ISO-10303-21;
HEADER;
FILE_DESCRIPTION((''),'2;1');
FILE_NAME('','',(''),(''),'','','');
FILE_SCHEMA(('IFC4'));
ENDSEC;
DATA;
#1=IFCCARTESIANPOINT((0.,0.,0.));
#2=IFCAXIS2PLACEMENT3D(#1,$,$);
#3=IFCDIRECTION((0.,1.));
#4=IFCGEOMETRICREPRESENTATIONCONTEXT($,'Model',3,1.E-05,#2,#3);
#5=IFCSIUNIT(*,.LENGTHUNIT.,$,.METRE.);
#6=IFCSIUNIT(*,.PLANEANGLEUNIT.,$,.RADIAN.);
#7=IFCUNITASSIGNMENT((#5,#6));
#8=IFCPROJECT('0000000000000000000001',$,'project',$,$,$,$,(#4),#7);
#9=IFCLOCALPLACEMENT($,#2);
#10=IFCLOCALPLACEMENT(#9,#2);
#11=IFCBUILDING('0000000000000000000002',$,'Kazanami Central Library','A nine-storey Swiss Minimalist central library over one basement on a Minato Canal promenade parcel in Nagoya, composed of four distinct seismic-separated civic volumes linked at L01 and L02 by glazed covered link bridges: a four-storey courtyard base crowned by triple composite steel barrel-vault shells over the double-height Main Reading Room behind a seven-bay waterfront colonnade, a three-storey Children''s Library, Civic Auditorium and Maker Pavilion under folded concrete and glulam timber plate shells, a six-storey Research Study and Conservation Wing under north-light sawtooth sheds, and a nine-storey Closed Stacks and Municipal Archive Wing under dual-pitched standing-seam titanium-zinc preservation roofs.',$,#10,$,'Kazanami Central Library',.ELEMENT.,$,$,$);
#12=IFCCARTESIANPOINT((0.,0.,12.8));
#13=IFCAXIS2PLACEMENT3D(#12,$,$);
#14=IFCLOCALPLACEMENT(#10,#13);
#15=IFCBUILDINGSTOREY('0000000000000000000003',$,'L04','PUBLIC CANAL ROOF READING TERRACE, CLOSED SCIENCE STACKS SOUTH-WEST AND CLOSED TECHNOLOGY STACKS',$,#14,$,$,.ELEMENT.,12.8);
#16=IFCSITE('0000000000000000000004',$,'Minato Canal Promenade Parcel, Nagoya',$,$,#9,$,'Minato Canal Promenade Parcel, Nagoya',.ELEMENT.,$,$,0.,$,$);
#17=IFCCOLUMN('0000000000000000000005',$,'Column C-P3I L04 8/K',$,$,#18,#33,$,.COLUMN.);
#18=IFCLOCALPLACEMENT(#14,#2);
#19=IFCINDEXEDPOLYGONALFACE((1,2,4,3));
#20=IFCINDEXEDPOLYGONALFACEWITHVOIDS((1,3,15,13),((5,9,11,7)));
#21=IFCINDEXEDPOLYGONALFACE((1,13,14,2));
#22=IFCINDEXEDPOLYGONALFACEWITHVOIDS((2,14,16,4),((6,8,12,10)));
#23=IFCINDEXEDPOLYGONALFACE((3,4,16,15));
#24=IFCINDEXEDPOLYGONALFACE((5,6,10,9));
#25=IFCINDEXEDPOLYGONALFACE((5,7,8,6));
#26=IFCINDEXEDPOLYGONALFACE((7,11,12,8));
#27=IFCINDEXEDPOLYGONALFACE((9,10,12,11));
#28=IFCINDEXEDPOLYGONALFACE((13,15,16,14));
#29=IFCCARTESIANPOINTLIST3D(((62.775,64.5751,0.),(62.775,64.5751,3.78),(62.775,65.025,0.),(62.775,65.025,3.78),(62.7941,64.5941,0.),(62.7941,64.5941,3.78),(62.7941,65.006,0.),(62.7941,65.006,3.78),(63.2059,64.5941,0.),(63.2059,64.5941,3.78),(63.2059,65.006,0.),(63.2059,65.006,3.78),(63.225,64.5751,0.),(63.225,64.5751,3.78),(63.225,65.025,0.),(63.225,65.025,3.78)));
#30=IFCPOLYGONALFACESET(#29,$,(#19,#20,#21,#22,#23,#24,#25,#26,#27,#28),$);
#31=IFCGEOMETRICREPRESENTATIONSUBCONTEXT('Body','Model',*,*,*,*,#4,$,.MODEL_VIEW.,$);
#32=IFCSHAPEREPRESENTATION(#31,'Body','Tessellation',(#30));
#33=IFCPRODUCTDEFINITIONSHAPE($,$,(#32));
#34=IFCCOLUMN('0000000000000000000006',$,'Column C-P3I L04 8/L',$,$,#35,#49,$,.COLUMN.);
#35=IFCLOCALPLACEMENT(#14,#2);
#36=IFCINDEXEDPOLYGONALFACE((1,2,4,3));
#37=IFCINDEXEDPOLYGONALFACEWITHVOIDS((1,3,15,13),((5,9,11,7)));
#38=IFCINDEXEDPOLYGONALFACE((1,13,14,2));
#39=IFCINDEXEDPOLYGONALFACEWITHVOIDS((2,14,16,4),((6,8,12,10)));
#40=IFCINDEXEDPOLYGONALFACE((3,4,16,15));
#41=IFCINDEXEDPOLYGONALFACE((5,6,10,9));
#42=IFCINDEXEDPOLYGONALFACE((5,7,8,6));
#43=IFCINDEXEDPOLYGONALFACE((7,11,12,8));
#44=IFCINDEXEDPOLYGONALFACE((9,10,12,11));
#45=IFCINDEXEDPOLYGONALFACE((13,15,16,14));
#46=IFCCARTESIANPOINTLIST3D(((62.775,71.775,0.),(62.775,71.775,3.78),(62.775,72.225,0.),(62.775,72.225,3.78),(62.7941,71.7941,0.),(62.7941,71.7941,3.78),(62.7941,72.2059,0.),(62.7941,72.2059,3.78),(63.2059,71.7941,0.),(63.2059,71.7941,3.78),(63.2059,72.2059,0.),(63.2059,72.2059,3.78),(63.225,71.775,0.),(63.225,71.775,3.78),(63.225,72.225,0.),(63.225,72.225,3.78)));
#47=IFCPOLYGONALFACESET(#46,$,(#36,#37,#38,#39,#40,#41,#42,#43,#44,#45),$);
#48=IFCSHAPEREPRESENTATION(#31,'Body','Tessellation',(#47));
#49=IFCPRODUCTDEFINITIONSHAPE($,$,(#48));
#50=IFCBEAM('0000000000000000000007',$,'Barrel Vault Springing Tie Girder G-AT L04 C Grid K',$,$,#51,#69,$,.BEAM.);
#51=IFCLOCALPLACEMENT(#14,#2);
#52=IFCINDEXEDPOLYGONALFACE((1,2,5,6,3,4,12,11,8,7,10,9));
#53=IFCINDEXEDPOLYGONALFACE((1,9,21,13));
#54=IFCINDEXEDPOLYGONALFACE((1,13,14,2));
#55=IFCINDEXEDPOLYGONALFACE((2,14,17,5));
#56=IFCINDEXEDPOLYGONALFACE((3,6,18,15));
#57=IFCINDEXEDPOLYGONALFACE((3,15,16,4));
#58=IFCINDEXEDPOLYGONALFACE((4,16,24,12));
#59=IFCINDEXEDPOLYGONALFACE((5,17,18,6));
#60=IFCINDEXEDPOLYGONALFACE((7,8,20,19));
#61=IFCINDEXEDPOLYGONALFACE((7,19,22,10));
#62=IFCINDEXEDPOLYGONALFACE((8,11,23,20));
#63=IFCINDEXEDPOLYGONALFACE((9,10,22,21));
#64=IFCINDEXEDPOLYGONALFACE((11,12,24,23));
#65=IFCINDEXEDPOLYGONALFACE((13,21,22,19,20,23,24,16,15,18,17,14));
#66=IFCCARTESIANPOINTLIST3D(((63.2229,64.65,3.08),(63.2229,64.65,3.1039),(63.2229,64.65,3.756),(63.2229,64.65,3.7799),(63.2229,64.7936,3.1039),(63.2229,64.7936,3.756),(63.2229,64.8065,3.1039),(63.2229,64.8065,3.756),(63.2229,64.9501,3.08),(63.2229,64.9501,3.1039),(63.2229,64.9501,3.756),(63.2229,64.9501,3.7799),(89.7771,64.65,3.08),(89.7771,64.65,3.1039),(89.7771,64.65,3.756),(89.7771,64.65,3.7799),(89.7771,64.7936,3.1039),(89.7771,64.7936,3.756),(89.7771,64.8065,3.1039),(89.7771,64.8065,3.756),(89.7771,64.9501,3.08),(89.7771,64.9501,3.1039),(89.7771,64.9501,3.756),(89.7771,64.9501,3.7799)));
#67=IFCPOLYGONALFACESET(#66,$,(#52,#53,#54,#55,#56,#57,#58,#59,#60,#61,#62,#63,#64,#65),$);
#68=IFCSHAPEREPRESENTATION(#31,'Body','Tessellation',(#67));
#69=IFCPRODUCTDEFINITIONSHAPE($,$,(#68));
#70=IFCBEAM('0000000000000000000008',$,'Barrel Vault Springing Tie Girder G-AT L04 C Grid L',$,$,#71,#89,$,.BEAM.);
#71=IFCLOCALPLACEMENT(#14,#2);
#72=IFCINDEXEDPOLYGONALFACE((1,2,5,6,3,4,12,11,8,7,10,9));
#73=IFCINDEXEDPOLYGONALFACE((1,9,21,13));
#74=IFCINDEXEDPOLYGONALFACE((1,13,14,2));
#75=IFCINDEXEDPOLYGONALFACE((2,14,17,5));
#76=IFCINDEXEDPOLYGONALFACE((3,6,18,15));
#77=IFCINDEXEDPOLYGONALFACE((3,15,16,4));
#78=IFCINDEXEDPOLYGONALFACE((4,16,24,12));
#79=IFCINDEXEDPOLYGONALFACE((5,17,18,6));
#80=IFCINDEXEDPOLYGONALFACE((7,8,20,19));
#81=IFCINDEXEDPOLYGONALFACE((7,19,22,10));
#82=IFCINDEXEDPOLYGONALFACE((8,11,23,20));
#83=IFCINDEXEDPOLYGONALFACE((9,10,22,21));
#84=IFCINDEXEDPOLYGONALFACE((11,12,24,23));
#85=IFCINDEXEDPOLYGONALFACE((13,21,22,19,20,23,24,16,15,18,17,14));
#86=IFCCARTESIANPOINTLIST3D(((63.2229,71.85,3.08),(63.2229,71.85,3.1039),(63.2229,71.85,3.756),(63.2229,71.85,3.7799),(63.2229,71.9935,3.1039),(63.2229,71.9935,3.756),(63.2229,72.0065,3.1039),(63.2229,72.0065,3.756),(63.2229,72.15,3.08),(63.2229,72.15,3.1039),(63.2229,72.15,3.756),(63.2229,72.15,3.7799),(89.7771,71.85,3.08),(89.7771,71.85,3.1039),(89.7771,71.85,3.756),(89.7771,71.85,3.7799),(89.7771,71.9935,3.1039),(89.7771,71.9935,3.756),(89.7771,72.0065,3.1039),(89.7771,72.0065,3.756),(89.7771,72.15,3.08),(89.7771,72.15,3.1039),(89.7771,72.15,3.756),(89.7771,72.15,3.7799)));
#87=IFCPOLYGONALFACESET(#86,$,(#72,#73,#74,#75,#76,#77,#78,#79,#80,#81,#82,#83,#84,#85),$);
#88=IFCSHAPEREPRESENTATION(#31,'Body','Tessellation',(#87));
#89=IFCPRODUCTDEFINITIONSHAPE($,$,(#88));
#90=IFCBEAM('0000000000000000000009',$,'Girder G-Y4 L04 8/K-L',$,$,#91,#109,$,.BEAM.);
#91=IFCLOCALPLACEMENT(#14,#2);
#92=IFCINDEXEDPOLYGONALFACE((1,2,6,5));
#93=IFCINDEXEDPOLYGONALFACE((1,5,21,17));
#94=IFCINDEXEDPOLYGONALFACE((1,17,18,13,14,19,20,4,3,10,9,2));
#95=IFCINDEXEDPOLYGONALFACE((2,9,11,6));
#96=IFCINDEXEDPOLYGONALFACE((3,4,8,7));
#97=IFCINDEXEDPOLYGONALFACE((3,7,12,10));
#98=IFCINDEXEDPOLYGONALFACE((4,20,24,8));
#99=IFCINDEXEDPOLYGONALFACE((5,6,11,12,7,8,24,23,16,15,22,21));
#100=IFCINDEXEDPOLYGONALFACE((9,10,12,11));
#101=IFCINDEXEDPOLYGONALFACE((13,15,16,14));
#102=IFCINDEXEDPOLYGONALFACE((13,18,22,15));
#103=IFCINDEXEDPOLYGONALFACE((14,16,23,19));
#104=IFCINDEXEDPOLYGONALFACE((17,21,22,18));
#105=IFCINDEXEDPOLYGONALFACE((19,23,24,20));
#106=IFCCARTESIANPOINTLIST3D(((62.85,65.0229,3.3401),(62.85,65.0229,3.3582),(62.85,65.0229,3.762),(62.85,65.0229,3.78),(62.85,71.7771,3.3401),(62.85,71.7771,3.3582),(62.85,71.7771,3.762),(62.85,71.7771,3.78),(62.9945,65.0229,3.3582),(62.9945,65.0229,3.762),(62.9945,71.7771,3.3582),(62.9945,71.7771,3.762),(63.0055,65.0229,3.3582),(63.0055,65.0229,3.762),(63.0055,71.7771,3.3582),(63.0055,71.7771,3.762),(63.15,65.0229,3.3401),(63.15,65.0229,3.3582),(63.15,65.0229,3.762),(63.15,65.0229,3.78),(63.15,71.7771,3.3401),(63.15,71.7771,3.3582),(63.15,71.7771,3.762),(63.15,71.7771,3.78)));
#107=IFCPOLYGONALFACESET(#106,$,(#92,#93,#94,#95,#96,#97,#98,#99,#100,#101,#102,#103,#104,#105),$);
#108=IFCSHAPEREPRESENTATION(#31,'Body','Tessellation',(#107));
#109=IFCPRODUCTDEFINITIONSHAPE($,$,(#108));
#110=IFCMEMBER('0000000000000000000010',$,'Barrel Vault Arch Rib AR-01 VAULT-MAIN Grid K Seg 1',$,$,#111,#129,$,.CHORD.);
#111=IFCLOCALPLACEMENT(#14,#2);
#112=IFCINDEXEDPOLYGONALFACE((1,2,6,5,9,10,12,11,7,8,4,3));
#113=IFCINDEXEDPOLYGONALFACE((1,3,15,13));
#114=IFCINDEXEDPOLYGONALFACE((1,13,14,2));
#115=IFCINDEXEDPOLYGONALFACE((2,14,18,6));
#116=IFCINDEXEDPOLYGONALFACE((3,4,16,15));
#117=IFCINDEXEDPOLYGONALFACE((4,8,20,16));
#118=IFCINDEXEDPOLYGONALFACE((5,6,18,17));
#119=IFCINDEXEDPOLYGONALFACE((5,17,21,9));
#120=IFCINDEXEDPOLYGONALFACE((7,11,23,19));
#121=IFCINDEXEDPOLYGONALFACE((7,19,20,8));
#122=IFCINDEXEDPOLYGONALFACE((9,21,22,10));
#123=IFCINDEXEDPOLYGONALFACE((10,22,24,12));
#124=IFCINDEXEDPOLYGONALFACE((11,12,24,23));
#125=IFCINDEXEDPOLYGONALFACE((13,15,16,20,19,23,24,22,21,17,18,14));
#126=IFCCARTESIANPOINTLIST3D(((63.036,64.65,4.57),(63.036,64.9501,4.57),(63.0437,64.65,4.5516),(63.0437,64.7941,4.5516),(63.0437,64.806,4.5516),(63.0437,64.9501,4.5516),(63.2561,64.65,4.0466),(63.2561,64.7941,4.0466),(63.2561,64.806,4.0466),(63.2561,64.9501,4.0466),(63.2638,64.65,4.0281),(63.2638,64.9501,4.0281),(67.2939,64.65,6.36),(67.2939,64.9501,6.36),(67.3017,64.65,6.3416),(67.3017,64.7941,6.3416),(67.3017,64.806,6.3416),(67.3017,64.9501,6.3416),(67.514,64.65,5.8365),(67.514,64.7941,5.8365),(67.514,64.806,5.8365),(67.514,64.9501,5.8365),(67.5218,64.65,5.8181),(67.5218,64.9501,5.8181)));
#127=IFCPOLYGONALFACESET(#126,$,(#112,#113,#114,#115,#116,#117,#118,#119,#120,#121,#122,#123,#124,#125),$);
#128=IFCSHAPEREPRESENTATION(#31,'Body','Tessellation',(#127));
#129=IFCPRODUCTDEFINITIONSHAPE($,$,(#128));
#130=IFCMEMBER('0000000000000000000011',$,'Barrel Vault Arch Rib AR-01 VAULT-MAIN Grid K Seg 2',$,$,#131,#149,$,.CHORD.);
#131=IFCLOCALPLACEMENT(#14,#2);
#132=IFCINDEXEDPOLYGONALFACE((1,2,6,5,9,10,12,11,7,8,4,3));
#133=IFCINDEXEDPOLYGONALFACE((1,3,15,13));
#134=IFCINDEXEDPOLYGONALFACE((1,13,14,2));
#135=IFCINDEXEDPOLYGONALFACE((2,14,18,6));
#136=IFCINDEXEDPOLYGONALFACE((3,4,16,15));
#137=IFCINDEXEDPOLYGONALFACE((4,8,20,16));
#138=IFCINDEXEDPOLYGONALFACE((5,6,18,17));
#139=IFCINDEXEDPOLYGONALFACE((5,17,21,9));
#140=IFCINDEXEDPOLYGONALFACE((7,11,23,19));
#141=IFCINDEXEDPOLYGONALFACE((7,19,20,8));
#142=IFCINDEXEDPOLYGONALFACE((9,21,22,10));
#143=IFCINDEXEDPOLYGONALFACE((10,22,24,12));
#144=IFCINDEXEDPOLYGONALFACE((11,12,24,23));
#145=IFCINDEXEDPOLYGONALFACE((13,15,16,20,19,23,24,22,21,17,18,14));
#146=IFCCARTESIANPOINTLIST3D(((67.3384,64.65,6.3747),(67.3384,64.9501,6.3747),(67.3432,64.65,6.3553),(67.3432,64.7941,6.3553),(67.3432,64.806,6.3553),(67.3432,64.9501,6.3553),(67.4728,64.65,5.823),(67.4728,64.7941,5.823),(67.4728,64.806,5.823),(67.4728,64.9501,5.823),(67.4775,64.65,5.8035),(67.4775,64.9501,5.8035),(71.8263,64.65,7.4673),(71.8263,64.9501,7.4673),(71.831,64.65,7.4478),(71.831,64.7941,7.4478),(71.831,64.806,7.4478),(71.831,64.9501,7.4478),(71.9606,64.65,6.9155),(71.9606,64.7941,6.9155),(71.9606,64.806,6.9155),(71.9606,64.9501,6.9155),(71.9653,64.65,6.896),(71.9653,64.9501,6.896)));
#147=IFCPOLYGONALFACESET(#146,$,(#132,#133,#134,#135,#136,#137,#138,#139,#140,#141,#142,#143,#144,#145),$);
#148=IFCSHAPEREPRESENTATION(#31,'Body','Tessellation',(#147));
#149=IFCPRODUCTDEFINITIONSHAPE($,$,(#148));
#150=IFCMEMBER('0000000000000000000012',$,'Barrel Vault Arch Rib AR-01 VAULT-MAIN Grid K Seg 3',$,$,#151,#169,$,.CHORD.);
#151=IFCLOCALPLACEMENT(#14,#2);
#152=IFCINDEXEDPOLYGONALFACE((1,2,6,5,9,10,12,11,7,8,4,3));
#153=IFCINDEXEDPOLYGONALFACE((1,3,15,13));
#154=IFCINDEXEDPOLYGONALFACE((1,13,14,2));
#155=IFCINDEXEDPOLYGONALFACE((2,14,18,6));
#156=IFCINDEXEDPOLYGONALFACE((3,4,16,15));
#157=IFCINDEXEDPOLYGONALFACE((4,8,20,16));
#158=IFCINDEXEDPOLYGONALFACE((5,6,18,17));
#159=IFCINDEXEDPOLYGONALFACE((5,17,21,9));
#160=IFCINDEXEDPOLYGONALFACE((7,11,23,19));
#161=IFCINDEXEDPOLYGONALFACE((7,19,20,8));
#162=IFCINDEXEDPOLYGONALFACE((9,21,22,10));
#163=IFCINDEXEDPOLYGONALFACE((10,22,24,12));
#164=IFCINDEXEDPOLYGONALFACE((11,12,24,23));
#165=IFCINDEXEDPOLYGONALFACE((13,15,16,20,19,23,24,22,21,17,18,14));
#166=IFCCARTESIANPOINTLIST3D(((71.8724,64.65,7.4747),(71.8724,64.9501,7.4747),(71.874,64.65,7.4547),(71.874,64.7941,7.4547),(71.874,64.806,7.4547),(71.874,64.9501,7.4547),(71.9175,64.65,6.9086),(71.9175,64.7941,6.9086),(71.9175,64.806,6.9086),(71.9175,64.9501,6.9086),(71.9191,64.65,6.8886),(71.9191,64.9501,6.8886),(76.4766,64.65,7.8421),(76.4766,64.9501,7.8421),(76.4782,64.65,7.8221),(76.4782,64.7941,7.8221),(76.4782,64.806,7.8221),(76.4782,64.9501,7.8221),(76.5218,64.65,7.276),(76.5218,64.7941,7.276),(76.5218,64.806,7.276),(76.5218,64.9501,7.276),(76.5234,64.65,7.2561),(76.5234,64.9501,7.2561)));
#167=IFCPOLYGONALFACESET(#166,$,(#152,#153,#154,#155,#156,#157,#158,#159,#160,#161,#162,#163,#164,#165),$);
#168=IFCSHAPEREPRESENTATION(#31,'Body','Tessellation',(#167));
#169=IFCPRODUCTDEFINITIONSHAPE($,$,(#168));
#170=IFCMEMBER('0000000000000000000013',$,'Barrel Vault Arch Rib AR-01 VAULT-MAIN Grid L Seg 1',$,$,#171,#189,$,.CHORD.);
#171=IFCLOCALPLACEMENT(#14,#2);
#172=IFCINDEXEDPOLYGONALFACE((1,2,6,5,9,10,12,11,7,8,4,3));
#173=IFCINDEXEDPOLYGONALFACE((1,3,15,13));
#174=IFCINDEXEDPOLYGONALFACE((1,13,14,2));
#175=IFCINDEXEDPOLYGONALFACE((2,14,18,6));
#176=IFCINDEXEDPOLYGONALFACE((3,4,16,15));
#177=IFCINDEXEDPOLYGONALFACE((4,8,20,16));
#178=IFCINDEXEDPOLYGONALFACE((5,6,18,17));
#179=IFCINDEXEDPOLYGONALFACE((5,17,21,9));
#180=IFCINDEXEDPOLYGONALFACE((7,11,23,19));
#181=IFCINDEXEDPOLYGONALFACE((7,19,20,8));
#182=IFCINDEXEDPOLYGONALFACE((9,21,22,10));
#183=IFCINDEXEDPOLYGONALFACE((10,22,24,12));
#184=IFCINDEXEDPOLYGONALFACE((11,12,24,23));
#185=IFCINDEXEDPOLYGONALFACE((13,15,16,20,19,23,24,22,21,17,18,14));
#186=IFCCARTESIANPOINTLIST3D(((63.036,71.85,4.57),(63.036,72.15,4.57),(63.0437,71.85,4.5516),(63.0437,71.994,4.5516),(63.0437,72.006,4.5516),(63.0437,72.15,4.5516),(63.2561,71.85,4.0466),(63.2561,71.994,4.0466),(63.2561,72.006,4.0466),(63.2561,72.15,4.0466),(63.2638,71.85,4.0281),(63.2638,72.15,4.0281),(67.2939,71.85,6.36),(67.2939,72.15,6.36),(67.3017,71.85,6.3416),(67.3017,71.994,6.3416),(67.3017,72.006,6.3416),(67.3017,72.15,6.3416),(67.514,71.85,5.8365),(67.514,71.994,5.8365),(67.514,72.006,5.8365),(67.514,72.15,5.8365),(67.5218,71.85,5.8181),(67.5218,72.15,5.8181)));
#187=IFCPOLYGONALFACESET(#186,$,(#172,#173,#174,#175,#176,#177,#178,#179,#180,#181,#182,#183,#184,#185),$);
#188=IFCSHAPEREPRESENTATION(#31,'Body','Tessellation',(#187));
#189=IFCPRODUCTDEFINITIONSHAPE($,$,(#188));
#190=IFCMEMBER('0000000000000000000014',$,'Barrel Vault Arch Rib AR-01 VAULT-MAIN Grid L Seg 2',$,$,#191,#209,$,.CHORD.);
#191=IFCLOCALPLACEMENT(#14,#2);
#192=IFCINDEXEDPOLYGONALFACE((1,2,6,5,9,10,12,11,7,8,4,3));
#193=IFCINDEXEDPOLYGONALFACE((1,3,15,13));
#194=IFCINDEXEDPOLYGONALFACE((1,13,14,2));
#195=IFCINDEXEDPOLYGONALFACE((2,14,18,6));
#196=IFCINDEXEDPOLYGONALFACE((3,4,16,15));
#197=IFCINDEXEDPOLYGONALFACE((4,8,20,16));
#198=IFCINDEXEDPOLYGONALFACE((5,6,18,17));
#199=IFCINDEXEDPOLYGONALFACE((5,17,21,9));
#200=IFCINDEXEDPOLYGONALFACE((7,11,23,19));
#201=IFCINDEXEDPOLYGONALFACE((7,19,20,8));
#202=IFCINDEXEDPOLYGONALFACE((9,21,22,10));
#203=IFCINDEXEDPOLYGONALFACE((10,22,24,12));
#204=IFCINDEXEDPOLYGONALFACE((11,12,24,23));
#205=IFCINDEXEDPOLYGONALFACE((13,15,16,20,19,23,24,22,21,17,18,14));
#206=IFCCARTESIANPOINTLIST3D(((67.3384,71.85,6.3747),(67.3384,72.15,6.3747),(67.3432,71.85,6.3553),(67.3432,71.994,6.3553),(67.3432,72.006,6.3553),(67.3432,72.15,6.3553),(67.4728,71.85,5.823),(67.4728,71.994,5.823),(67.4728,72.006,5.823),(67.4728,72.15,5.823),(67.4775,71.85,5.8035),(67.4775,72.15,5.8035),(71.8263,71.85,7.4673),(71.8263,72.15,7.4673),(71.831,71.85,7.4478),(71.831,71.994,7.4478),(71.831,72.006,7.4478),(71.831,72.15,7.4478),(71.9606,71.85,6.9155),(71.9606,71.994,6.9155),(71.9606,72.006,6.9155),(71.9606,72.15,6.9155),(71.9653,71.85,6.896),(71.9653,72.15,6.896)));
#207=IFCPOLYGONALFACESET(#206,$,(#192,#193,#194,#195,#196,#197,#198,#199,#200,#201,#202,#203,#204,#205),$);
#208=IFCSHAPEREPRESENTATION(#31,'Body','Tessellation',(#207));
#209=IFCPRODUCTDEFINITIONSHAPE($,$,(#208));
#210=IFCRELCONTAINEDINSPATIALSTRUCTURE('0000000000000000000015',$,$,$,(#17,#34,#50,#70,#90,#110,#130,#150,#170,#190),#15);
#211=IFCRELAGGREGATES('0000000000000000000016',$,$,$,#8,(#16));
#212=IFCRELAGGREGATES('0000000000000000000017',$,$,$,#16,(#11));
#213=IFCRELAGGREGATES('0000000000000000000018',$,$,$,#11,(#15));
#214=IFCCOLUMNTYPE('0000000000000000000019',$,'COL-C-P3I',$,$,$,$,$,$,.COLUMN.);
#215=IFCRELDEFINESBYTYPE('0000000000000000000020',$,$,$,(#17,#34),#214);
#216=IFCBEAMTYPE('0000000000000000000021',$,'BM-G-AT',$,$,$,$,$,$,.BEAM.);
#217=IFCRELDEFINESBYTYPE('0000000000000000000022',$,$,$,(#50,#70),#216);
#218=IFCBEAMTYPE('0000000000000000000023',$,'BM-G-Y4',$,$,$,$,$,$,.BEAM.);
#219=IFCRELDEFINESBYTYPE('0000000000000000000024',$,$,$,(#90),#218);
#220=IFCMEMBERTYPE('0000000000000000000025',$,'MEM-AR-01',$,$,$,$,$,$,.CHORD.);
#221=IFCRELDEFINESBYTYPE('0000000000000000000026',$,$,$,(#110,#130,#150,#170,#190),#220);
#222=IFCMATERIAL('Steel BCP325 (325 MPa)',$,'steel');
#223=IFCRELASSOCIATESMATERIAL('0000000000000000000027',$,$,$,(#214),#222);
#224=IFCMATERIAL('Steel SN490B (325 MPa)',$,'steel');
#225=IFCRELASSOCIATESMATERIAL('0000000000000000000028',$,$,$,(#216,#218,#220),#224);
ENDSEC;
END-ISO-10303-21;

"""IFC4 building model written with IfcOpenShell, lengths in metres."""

from ifc_helpers import new_model, si_unit, direction, frame, origin, origin_2d, place, context, subcontext, project, spatial, hollow_rectangle, i_section, extrude, material, material_profile, profile_set, type_object, element, save


model = new_model("IFC4")

# Units and contexts
model_context = context("Model", 3, precision=1e-05, world=origin(), true_north=direction((0.0, 1.0)))
body_context = subcontext(model_context, "Body", "Model", "MODEL_VIEW")
ifc_project = project(units=[si_unit("LENGTHUNIT", "METRE"), si_unit("PLANEANGLEUNIT", "RADIAN")], contexts=[model_context])

# Site, building, storey
site_placement = place(None, origin())
site = spatial("IfcSite", under=ifc_project, at=site_placement, Name="Minato Canal Promenade Parcel, Nagoya", LongName="Minato Canal Promenade Parcel, Nagoya", CompositionType="ELEMENT", RefElevation=0.0)
building_placement = place(site_placement, origin())
building = spatial("IfcBuilding", under=site, at=building_placement, Name="Kazanami Central Library", Description="A nine-storey Swiss Minimalist central library over one basement on a Minato Canal promenade parcel in Nagoya, composed of four distinct seismic-separated civic volumes linked at L01 and L02 by glazed covered link bridges: a four-storey courtyard base crowned by triple composite steel barrel-vault shells over the double-height Main Reading Room behind a seven-bay waterfront colonnade, a three-storey Children's Library, Civic Auditorium and Maker Pavilion under folded concrete and glulam timber plate shells, a six-storey Research Study and Conservation Wing under north-light sawtooth sheds, and a nine-storey Closed Stacks and Municipal Archive Wing under dual-pitched standing-seam titanium-zinc preservation roofs.", LongName="Kazanami Central Library", CompositionType="ELEMENT")
storey_placement = place(building_placement, frame((0.0, 0.0, 12.8)))
storey = spatial("IfcBuildingStorey", under=building, at=storey_placement, Name="L04", Description="PUBLIC CANAL ROOF READING TERRACE, CLOSED SCIENCE STACKS SOUTH-WEST AND CLOSED TECHNOLOGY STACKS", CompositionType="ELEMENT", Elevation=12.8)

# Columns
ifc_material_1 = material(Name="Steel BCP325 (325 MPa)", Category="steel")
ifc_material_profile_1 = material_profile(ifc_material_1, hollow_rectangle(XDim=0.45, YDim=0.45, WallThickness=0.019, at=origin_2d()), Name="BCP-450x450x19")
ifc_profile_set_1 = profile_set([ifc_material_profile_1], Name="Steel BCP325 (325 MPa)")
column_type = type_object("IfcColumnType", Name="COL-C-P3I", PredefinedType="COLUMN", material=ifc_profile_set_1)
for number, where, z_axis, x_axis, name in (
    (1, (63.0, 64.8, 0.0), (0.0, 0.0, 1.0), (1.0, 0.0, 0.0), "Column C-P3I L04 8/K"),
    (2, (63.0, 72.0, 0.0), (0.0, 0.0, 1.0), (1.0, 0.0, 0.0), "Column C-P3I L04 8/L"),
):
    element("IfcColumn", number, at=place(storey_placement, frame(where, z_axis=z_axis, x_axis=x_axis)), inside=storey, type_object=column_type, Name=name, PredefinedType="COLUMN", context=body_context, shape_type="SweptSolid", body=[
        extrude(hollow_rectangle(XDim=0.45, YDim=0.45, WallThickness=0.019, at=origin_2d()), origin(), (0.0, 0.0, 1.0), 3.78),
    ])

# Beams
ifc_material_2 = material(Name="Steel SN490B (325 MPa)", Category="steel")
ifc_material_profile_2 = material_profile(ifc_material_2, i_section(OverallWidth=0.3, OverallDepth=0.7, WebThickness=0.0129, FlangeThickness=0.0239, at=origin_2d()), Name="H-700x300x13x24")
ifc_profile_set_2 = profile_set([ifc_material_profile_2], Name="Steel SN490B (325 MPa)")
beam_type_1 = type_object("IfcBeamType", Name="BM-G-AT", PredefinedType="BEAM", material=ifc_profile_set_2)
for number, where, z_axis, x_axis, name in (
    (3, (63.2229, 64.8, 3.4299), (1.0, 0.0, 0.0), (0.0, 1.0, 0.0), "Barrel Vault Springing Tie Girder G-AT L04 C Grid K"),
    (4, (63.2229, 72.0, 3.4299), (1.0, 0.0, 0.0), (0.0, 1.0, 0.0), "Barrel Vault Springing Tie Girder G-AT L04 C Grid L"),
):
    element("IfcBeam", number, at=place(storey_placement, frame(where, z_axis=z_axis, x_axis=x_axis)), inside=storey, type_object=beam_type_1, Name=name, PredefinedType="BEAM", context=body_context, shape_type="SweptSolid", body=[
        extrude(i_section(OverallWidth=0.3, OverallDepth=0.7, WebThickness=0.0129, FlangeThickness=0.0239, at=origin_2d()), origin(), (0.0, 0.0, 1.0), 26.5542),
    ])
ifc_material_profile_3 = material_profile(ifc_material_2, i_section(OverallWidth=0.3, OverallDepth=0.4399, WebThickness=0.011, FlangeThickness=0.0181, at=origin_2d()), Name="H-440x300x11x18")
ifc_profile_set_3 = profile_set([ifc_material_profile_3], Name="Steel SN490B (325 MPa)")
beam_type_2 = type_object("IfcBeamType", Name="BM-G-Y4", PredefinedType="BEAM", material=ifc_profile_set_3)
beam_placement = place(storey_placement, frame((63.0, 65.0229, 3.5601), z_axis=(0.0, 1.0, 0.0), x_axis=(-1.0, 0.0, 0.0)))
element("IfcBeam", 5, at=beam_placement, inside=storey, type_object=beam_type_2, Name="Girder G-Y4 L04 8/K-L", PredefinedType="BEAM", context=body_context, shape_type="SweptSolid", body=[
    extrude(i_section(OverallWidth=0.3, OverallDepth=0.4399, WebThickness=0.011, FlangeThickness=0.0181, at=origin_2d()), origin(), (0.0, 0.0, 1.0), 6.7542),
])

# Members
ifc_material_profile_4 = material_profile(ifc_material_2, i_section(OverallWidth=0.3, OverallDepth=0.5879, WebThickness=0.012, FlangeThickness=0.02, at=origin_2d()), Name="H-588x300x12x20")
ifc_profile_set_4 = profile_set([ifc_material_profile_4], Name="Steel SN490B (325 MPa)")
member_type_1 = type_object("IfcMemberType", Name="MEM-AR-01", PredefinedType="CHORD", material=ifc_profile_set_4)
for number, where, z_axis, x_axis, name in (
    (6, (63.1499, 64.8, 4.2991), (0.921854, 0.0, 0.387537), (0.0, 1.0, 0.0), "Barrel Vault Arch Rib AR-01 VAULT-MAIN Grid K Seg 1"),
    (7, (67.408, 64.8, 6.0891), (0.971623, 0.0, 0.236536), (0.0, 1.0, 0.0), "Barrel Vault Arch Rib AR-01 VAULT-MAIN Grid K Seg 2"),
    (8, (71.8958, 64.8, 7.1816), (0.996831, 0.0, 0.07955), (0.0, 1.0, 0.0), "Barrel Vault Arch Rib AR-01 VAULT-MAIN Grid K Seg 3"),
    (9, (63.1499, 72.0, 4.2991), (0.921854, 0.0, 0.387537), (0.0, 1.0, 0.0), "Barrel Vault Arch Rib AR-01 VAULT-MAIN Grid L Seg 1"),
    (10, (67.408, 72.0, 6.0891), (0.971623, 0.0, 0.236536), (0.0, 1.0, 0.0), "Barrel Vault Arch Rib AR-01 VAULT-MAIN Grid L Seg 2"),
):
    element("IfcMember", number, at=place(storey_placement, frame(where, z_axis=z_axis, x_axis=x_axis)), inside=storey, type_object=member_type_1, Name=name, PredefinedType="CHORD", context=body_context, shape_type="SweptSolid", body=[
        extrude(i_section(OverallWidth=0.3, OverallDepth=0.5879, WebThickness=0.012, FlangeThickness=0.02, at=origin_2d()), origin(), (0.0, 0.0, 1.0), 4.6189),
    ])

save(model, "model.ifc")
